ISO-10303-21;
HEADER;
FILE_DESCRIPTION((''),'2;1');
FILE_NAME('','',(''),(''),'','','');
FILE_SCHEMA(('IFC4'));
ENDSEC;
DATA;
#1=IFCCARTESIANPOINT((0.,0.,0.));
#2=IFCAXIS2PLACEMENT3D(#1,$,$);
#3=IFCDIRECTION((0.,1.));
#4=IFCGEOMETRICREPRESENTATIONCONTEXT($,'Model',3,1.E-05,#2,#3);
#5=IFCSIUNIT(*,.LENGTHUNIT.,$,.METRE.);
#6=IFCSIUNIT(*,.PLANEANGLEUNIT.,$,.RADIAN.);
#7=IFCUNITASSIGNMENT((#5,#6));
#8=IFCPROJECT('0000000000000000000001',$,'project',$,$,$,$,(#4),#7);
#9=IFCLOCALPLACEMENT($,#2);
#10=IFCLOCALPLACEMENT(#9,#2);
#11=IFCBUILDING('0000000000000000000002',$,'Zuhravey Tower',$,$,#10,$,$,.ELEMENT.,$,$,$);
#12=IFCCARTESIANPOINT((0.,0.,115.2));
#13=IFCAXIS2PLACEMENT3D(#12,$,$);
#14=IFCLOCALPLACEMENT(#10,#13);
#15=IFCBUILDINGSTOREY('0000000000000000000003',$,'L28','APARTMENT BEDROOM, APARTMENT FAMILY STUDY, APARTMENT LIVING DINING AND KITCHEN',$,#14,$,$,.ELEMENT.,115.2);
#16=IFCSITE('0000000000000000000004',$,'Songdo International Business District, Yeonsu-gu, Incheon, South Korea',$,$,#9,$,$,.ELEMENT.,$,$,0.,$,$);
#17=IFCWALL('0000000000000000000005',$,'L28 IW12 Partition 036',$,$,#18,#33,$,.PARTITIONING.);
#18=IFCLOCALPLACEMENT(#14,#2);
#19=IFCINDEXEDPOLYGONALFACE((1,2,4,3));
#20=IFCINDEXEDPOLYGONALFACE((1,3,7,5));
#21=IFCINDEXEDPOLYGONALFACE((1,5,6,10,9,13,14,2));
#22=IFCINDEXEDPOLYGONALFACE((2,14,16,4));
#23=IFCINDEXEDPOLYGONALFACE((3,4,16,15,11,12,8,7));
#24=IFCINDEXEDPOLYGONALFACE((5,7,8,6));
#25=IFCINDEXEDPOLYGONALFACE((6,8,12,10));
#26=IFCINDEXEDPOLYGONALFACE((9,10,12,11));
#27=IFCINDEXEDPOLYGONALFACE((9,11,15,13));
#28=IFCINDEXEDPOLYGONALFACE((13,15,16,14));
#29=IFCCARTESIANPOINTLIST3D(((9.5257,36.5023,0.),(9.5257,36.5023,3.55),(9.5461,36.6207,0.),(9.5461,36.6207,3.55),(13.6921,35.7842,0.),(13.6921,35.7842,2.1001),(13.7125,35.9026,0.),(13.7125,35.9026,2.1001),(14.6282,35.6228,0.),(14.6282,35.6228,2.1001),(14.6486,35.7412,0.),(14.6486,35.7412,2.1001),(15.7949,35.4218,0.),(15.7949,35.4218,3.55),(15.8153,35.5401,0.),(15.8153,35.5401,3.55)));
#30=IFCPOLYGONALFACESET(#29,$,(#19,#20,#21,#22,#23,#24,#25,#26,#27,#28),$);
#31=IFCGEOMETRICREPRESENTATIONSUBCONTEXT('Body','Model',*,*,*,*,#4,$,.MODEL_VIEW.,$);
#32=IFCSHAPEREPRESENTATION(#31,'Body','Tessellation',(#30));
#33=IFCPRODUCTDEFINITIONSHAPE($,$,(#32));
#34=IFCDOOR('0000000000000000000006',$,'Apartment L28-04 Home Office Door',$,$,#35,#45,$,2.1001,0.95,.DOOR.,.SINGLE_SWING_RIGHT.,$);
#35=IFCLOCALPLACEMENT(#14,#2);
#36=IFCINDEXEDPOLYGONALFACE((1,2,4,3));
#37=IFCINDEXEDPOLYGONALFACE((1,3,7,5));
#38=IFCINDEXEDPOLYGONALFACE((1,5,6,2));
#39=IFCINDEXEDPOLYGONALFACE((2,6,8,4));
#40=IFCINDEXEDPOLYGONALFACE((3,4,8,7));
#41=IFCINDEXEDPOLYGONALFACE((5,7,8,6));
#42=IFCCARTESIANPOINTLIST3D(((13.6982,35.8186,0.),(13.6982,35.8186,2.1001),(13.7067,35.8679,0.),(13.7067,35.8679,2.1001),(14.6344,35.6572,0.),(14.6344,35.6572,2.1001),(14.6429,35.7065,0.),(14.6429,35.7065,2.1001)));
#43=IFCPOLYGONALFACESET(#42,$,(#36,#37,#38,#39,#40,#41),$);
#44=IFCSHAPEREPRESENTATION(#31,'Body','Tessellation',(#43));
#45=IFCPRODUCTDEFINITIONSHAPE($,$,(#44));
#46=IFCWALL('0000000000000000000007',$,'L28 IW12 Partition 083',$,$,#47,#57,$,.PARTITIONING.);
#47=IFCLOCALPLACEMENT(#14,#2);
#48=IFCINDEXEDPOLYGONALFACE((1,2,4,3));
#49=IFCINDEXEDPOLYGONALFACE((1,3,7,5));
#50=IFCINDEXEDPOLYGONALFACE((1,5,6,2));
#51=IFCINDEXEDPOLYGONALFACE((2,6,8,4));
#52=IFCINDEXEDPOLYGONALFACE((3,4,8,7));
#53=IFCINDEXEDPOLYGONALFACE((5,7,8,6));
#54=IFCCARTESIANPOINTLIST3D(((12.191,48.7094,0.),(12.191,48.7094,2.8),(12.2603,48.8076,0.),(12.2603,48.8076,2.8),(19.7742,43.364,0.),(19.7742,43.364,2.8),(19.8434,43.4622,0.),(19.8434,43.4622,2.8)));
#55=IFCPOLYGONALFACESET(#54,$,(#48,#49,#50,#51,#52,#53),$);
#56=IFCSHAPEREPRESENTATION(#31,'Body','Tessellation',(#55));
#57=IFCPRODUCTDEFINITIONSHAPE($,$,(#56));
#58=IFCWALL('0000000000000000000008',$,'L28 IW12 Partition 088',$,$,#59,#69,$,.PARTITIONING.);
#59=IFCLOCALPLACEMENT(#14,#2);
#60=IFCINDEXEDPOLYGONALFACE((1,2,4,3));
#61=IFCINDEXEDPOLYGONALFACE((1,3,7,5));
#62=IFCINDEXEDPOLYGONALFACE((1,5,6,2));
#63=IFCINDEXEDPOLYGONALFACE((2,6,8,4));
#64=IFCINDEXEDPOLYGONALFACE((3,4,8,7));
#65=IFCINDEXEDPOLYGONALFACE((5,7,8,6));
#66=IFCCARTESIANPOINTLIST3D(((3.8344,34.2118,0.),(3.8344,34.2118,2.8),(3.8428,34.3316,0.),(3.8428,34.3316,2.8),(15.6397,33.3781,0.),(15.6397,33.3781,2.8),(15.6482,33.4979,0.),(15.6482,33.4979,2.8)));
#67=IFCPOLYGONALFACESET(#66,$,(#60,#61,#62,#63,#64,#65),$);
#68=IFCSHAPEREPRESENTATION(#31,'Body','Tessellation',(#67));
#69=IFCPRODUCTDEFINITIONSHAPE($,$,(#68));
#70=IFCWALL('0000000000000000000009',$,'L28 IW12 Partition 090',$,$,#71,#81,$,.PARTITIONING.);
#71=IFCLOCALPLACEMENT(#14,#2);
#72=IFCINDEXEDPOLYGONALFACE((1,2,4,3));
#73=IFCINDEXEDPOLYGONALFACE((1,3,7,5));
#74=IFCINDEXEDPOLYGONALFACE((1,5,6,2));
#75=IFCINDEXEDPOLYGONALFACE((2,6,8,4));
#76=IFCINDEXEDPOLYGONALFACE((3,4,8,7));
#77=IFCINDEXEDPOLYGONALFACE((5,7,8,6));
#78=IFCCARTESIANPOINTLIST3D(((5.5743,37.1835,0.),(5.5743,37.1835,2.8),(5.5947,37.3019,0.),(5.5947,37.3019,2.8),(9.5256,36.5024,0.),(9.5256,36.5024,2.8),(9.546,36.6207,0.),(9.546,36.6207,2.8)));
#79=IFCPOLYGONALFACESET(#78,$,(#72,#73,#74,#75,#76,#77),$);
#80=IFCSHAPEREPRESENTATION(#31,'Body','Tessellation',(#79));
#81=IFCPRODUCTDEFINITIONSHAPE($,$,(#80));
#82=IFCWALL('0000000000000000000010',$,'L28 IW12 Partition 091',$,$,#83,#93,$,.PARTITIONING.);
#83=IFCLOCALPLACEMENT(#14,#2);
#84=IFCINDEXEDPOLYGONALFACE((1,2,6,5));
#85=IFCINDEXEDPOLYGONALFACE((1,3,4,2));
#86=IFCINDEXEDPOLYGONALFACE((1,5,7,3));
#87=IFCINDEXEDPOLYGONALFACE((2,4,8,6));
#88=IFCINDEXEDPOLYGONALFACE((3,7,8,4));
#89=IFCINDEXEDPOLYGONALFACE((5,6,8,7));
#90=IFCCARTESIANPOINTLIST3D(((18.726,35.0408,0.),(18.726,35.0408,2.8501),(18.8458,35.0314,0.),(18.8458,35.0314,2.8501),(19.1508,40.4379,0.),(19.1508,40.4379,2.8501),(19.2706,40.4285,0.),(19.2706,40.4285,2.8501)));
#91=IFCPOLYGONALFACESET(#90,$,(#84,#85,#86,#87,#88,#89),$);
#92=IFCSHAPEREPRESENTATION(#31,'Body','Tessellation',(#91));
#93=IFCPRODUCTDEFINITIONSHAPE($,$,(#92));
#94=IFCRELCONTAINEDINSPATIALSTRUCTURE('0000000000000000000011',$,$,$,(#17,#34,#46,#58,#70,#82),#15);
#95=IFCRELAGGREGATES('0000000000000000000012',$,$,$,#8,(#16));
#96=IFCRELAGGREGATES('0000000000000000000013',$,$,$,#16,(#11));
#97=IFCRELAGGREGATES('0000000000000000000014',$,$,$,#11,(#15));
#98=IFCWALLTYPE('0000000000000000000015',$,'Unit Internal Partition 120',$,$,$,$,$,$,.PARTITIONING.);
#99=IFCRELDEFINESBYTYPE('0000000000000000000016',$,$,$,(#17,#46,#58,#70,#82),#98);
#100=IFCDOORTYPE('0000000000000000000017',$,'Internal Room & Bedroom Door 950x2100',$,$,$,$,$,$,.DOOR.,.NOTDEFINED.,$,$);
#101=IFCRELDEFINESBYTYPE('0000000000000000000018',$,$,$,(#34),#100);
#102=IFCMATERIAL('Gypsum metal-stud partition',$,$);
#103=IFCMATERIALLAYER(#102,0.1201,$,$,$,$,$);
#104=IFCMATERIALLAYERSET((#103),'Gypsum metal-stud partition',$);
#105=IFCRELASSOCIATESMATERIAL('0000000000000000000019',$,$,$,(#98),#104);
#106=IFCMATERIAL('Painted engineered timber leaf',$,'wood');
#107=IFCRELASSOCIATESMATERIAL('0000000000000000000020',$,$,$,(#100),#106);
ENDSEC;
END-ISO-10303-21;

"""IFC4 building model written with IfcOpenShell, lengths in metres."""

from ifc_helpers import new_model, si_unit, direction, frame, frame_2d, origin, place, context, subcontext, project, spatial, rectangle, extrude, material, layer, layer_set, type_object, element, fill, save


model = new_model("IFC4")

# Units and contexts
model_context = context("Model", 3, precision=1e-05, world=origin(), true_north=direction((0.0, 1.0)))
body_context = subcontext(model_context, "Body", "Model", "MODEL_VIEW")
ifc_project = project(units=[si_unit("LENGTHUNIT", "METRE"), si_unit("PLANEANGLEUNIT", "RADIAN")], contexts=[model_context])

# Site, building, storey
site_placement = place(None, origin())
site = spatial("IfcSite", under=ifc_project, at=site_placement, Name="Songdo International Business District, Yeonsu-gu, Incheon, South Korea", CompositionType="ELEMENT", RefElevation=0.0)
building_placement = place(site_placement, origin())
building = spatial("IfcBuilding", under=site, at=building_placement, Name="Zuhravey Tower", CompositionType="ELEMENT")
storey_placement = place(building_placement, frame((0.0, 0.0, 115.2)))
storey = spatial("IfcBuildingStorey", under=building, at=storey_placement, Name="L28", Description="APARTMENT BEDROOM, APARTMENT FAMILY STUDY, APARTMENT LIVING DINING AND KITCHEN", CompositionType="ELEMENT", Elevation=115.2)

# Shared definitions
ifc_material_1 = material(Name="Gypsum metal-stud partition")
ifc_layer_1 = layer(ifc_material_1, 0.1201)
ifc_layer_set_1 = layer_set([ifc_layer_1], Name="Gypsum metal-stud partition")
wall_type = type_object("IfcWallType", Name="Unit Internal Partition 120", PredefinedType="PARTITIONING", material=ifc_layer_set_1)
ifc_material_2 = material(Name="Painted engineered timber leaf", Category="wood")
door_type_1 = type_object("IfcDoorType", Name="Internal Room & Bedroom Door 950x2100", OperationType="NOTDEFINED", PredefinedType="DOOR", material=ifc_material_2)

# Wall, opening, door
wall_1_placement = place(storey_placement, frame((15.8049, 35.481, 0.0), z_axis=(0.0, 0.0, 1.0), x_axis=(-0.985468, 0.169861, 0.0)))
wall_1 = element("IfcWall", 1, at=wall_1_placement, inside=storey, type_object=wall_type, Name="L28 IW12 Partition 036", PredefinedType="PARTITIONING", context=body_context, shape_type="SweptSolid", body=[
    extrude(rectangle(XDim=6.3616, YDim=0.1201, at=frame_2d((3.1807, 0.0))), origin(), (0.0, 0.0, 1.0), 3.55),
])
opening_1_placement = place(wall_1_placement, frame((1.1836, 0.0, 0.0)))
opening_1 = element("IfcOpeningElement", 2, at=opening_1_placement, cuts=wall_1, PredefinedType="OPENING", context=body_context, shape_type="SweptSolid", body=[
    extrude(rectangle(XDim=0.95, YDim=2.1001, at=frame_2d((0.4751, 1.05))), frame((0.0, 0.072, 0.0), z_axis=(0.0, -1.0, 0.0), x_axis=(1.0, 0.0, 0.0)), (0.0, 0.0, 1.0), 0.144),
])
door_1_placement = place(opening_1_placement, frame((0.95, 0.0, 0.0), z_axis=(0.0, 0.0, 1.0), x_axis=(-1.0, 0.0, 0.0)))
door_1 = element("IfcDoor", 3, at=door_1_placement, inside=storey, type_object=door_type_1, Name="Apartment L28-04 Home Office Door", OperationType="SINGLE_SWING_RIGHT", OverallHeight=2.1001, OverallWidth=0.95, PredefinedType="DOOR", context=body_context, shape_type="SweptSolid", body=[
    extrude(rectangle(XDim=0.95, YDim=2.1001, at=frame_2d((0.4751, 1.05))), frame((0.0, 0.0249, 0.0), z_axis=(0.0, -1.0, 0.0), x_axis=(1.0, 0.0, 0.0)), (0.0, 0.0, 1.0), 0.05),
])
fill(opening_1, door_1)

# Walls
wall_2_placement = place(storey_placement, frame((19.8088, 43.4131, 0.0), z_axis=(0.0, 0.0, 1.0), x_axis=(-0.817345, 0.576149, 0.0)))
element("IfcWall", 4, at=wall_2_placement, inside=storey, type_object=wall_type, Name="L28 IW12 Partition 083", PredefinedType="PARTITIONING", context=body_context, shape_type="SweptSolid", body=[
    extrude(rectangle(XDim=9.2778, YDim=0.1201, at=frame_2d((4.6389, 0.0))), origin(), (0.0, 0.0, 1.0), 2.8),
])
wall_3_placement = place(storey_placement, frame((15.644, 33.438, 0.0), z_axis=(0.0, 0.0, 1.0), x_axis=(-0.997515, 0.070448, 0.0)))
element("IfcWall", 5, at=wall_3_placement, inside=storey, type_object=wall_type, Name="L28 IW12 Partition 088", PredefinedType="PARTITIONING", context=body_context, shape_type="SweptSolid", body=[
    extrude(rectangle(XDim=11.8347, YDim=0.1201, at=frame_2d((5.9175, 0.0))), origin(), (0.0, 0.0, 1.0), 2.8),
])
wall_4_placement = place(storey_placement, frame((9.5359, 36.5615, 0.0), z_axis=(0.0, 0.0, 1.0), x_axis=(-0.985464, 0.169887, 0.0)))
element("IfcWall", 6, at=wall_4_placement, inside=storey, type_object=wall_type, Name="L28 IW12 Partition 090", PredefinedType="PARTITIONING", context=body_context, shape_type="SweptSolid", body=[
    extrude(rectangle(XDim=4.0095, YDim=0.1201, at=frame_2d((2.0049, 0.0))), origin(), (0.0, 0.0, 1.0), 2.8),
])
wall_5_placement = place(storey_placement, frame((19.2107, 40.4333, 0.0), z_axis=(0.0, 0.0, 1.0), x_axis=(-0.078465, -0.996917, 0.0)))
element("IfcWall", 7, at=wall_5_placement, inside=storey, type_object=wall_type, Name="L28 IW12 Partition 091", PredefinedType="PARTITIONING", context=body_context, shape_type="SweptSolid", body=[
    extrude(rectangle(XDim=5.4138, YDim=0.1201, at=frame_2d((2.707, 0.0))), origin(), (0.0, 0.0, 1.0), 2.8501),
])

save(model, "model.ifc")
